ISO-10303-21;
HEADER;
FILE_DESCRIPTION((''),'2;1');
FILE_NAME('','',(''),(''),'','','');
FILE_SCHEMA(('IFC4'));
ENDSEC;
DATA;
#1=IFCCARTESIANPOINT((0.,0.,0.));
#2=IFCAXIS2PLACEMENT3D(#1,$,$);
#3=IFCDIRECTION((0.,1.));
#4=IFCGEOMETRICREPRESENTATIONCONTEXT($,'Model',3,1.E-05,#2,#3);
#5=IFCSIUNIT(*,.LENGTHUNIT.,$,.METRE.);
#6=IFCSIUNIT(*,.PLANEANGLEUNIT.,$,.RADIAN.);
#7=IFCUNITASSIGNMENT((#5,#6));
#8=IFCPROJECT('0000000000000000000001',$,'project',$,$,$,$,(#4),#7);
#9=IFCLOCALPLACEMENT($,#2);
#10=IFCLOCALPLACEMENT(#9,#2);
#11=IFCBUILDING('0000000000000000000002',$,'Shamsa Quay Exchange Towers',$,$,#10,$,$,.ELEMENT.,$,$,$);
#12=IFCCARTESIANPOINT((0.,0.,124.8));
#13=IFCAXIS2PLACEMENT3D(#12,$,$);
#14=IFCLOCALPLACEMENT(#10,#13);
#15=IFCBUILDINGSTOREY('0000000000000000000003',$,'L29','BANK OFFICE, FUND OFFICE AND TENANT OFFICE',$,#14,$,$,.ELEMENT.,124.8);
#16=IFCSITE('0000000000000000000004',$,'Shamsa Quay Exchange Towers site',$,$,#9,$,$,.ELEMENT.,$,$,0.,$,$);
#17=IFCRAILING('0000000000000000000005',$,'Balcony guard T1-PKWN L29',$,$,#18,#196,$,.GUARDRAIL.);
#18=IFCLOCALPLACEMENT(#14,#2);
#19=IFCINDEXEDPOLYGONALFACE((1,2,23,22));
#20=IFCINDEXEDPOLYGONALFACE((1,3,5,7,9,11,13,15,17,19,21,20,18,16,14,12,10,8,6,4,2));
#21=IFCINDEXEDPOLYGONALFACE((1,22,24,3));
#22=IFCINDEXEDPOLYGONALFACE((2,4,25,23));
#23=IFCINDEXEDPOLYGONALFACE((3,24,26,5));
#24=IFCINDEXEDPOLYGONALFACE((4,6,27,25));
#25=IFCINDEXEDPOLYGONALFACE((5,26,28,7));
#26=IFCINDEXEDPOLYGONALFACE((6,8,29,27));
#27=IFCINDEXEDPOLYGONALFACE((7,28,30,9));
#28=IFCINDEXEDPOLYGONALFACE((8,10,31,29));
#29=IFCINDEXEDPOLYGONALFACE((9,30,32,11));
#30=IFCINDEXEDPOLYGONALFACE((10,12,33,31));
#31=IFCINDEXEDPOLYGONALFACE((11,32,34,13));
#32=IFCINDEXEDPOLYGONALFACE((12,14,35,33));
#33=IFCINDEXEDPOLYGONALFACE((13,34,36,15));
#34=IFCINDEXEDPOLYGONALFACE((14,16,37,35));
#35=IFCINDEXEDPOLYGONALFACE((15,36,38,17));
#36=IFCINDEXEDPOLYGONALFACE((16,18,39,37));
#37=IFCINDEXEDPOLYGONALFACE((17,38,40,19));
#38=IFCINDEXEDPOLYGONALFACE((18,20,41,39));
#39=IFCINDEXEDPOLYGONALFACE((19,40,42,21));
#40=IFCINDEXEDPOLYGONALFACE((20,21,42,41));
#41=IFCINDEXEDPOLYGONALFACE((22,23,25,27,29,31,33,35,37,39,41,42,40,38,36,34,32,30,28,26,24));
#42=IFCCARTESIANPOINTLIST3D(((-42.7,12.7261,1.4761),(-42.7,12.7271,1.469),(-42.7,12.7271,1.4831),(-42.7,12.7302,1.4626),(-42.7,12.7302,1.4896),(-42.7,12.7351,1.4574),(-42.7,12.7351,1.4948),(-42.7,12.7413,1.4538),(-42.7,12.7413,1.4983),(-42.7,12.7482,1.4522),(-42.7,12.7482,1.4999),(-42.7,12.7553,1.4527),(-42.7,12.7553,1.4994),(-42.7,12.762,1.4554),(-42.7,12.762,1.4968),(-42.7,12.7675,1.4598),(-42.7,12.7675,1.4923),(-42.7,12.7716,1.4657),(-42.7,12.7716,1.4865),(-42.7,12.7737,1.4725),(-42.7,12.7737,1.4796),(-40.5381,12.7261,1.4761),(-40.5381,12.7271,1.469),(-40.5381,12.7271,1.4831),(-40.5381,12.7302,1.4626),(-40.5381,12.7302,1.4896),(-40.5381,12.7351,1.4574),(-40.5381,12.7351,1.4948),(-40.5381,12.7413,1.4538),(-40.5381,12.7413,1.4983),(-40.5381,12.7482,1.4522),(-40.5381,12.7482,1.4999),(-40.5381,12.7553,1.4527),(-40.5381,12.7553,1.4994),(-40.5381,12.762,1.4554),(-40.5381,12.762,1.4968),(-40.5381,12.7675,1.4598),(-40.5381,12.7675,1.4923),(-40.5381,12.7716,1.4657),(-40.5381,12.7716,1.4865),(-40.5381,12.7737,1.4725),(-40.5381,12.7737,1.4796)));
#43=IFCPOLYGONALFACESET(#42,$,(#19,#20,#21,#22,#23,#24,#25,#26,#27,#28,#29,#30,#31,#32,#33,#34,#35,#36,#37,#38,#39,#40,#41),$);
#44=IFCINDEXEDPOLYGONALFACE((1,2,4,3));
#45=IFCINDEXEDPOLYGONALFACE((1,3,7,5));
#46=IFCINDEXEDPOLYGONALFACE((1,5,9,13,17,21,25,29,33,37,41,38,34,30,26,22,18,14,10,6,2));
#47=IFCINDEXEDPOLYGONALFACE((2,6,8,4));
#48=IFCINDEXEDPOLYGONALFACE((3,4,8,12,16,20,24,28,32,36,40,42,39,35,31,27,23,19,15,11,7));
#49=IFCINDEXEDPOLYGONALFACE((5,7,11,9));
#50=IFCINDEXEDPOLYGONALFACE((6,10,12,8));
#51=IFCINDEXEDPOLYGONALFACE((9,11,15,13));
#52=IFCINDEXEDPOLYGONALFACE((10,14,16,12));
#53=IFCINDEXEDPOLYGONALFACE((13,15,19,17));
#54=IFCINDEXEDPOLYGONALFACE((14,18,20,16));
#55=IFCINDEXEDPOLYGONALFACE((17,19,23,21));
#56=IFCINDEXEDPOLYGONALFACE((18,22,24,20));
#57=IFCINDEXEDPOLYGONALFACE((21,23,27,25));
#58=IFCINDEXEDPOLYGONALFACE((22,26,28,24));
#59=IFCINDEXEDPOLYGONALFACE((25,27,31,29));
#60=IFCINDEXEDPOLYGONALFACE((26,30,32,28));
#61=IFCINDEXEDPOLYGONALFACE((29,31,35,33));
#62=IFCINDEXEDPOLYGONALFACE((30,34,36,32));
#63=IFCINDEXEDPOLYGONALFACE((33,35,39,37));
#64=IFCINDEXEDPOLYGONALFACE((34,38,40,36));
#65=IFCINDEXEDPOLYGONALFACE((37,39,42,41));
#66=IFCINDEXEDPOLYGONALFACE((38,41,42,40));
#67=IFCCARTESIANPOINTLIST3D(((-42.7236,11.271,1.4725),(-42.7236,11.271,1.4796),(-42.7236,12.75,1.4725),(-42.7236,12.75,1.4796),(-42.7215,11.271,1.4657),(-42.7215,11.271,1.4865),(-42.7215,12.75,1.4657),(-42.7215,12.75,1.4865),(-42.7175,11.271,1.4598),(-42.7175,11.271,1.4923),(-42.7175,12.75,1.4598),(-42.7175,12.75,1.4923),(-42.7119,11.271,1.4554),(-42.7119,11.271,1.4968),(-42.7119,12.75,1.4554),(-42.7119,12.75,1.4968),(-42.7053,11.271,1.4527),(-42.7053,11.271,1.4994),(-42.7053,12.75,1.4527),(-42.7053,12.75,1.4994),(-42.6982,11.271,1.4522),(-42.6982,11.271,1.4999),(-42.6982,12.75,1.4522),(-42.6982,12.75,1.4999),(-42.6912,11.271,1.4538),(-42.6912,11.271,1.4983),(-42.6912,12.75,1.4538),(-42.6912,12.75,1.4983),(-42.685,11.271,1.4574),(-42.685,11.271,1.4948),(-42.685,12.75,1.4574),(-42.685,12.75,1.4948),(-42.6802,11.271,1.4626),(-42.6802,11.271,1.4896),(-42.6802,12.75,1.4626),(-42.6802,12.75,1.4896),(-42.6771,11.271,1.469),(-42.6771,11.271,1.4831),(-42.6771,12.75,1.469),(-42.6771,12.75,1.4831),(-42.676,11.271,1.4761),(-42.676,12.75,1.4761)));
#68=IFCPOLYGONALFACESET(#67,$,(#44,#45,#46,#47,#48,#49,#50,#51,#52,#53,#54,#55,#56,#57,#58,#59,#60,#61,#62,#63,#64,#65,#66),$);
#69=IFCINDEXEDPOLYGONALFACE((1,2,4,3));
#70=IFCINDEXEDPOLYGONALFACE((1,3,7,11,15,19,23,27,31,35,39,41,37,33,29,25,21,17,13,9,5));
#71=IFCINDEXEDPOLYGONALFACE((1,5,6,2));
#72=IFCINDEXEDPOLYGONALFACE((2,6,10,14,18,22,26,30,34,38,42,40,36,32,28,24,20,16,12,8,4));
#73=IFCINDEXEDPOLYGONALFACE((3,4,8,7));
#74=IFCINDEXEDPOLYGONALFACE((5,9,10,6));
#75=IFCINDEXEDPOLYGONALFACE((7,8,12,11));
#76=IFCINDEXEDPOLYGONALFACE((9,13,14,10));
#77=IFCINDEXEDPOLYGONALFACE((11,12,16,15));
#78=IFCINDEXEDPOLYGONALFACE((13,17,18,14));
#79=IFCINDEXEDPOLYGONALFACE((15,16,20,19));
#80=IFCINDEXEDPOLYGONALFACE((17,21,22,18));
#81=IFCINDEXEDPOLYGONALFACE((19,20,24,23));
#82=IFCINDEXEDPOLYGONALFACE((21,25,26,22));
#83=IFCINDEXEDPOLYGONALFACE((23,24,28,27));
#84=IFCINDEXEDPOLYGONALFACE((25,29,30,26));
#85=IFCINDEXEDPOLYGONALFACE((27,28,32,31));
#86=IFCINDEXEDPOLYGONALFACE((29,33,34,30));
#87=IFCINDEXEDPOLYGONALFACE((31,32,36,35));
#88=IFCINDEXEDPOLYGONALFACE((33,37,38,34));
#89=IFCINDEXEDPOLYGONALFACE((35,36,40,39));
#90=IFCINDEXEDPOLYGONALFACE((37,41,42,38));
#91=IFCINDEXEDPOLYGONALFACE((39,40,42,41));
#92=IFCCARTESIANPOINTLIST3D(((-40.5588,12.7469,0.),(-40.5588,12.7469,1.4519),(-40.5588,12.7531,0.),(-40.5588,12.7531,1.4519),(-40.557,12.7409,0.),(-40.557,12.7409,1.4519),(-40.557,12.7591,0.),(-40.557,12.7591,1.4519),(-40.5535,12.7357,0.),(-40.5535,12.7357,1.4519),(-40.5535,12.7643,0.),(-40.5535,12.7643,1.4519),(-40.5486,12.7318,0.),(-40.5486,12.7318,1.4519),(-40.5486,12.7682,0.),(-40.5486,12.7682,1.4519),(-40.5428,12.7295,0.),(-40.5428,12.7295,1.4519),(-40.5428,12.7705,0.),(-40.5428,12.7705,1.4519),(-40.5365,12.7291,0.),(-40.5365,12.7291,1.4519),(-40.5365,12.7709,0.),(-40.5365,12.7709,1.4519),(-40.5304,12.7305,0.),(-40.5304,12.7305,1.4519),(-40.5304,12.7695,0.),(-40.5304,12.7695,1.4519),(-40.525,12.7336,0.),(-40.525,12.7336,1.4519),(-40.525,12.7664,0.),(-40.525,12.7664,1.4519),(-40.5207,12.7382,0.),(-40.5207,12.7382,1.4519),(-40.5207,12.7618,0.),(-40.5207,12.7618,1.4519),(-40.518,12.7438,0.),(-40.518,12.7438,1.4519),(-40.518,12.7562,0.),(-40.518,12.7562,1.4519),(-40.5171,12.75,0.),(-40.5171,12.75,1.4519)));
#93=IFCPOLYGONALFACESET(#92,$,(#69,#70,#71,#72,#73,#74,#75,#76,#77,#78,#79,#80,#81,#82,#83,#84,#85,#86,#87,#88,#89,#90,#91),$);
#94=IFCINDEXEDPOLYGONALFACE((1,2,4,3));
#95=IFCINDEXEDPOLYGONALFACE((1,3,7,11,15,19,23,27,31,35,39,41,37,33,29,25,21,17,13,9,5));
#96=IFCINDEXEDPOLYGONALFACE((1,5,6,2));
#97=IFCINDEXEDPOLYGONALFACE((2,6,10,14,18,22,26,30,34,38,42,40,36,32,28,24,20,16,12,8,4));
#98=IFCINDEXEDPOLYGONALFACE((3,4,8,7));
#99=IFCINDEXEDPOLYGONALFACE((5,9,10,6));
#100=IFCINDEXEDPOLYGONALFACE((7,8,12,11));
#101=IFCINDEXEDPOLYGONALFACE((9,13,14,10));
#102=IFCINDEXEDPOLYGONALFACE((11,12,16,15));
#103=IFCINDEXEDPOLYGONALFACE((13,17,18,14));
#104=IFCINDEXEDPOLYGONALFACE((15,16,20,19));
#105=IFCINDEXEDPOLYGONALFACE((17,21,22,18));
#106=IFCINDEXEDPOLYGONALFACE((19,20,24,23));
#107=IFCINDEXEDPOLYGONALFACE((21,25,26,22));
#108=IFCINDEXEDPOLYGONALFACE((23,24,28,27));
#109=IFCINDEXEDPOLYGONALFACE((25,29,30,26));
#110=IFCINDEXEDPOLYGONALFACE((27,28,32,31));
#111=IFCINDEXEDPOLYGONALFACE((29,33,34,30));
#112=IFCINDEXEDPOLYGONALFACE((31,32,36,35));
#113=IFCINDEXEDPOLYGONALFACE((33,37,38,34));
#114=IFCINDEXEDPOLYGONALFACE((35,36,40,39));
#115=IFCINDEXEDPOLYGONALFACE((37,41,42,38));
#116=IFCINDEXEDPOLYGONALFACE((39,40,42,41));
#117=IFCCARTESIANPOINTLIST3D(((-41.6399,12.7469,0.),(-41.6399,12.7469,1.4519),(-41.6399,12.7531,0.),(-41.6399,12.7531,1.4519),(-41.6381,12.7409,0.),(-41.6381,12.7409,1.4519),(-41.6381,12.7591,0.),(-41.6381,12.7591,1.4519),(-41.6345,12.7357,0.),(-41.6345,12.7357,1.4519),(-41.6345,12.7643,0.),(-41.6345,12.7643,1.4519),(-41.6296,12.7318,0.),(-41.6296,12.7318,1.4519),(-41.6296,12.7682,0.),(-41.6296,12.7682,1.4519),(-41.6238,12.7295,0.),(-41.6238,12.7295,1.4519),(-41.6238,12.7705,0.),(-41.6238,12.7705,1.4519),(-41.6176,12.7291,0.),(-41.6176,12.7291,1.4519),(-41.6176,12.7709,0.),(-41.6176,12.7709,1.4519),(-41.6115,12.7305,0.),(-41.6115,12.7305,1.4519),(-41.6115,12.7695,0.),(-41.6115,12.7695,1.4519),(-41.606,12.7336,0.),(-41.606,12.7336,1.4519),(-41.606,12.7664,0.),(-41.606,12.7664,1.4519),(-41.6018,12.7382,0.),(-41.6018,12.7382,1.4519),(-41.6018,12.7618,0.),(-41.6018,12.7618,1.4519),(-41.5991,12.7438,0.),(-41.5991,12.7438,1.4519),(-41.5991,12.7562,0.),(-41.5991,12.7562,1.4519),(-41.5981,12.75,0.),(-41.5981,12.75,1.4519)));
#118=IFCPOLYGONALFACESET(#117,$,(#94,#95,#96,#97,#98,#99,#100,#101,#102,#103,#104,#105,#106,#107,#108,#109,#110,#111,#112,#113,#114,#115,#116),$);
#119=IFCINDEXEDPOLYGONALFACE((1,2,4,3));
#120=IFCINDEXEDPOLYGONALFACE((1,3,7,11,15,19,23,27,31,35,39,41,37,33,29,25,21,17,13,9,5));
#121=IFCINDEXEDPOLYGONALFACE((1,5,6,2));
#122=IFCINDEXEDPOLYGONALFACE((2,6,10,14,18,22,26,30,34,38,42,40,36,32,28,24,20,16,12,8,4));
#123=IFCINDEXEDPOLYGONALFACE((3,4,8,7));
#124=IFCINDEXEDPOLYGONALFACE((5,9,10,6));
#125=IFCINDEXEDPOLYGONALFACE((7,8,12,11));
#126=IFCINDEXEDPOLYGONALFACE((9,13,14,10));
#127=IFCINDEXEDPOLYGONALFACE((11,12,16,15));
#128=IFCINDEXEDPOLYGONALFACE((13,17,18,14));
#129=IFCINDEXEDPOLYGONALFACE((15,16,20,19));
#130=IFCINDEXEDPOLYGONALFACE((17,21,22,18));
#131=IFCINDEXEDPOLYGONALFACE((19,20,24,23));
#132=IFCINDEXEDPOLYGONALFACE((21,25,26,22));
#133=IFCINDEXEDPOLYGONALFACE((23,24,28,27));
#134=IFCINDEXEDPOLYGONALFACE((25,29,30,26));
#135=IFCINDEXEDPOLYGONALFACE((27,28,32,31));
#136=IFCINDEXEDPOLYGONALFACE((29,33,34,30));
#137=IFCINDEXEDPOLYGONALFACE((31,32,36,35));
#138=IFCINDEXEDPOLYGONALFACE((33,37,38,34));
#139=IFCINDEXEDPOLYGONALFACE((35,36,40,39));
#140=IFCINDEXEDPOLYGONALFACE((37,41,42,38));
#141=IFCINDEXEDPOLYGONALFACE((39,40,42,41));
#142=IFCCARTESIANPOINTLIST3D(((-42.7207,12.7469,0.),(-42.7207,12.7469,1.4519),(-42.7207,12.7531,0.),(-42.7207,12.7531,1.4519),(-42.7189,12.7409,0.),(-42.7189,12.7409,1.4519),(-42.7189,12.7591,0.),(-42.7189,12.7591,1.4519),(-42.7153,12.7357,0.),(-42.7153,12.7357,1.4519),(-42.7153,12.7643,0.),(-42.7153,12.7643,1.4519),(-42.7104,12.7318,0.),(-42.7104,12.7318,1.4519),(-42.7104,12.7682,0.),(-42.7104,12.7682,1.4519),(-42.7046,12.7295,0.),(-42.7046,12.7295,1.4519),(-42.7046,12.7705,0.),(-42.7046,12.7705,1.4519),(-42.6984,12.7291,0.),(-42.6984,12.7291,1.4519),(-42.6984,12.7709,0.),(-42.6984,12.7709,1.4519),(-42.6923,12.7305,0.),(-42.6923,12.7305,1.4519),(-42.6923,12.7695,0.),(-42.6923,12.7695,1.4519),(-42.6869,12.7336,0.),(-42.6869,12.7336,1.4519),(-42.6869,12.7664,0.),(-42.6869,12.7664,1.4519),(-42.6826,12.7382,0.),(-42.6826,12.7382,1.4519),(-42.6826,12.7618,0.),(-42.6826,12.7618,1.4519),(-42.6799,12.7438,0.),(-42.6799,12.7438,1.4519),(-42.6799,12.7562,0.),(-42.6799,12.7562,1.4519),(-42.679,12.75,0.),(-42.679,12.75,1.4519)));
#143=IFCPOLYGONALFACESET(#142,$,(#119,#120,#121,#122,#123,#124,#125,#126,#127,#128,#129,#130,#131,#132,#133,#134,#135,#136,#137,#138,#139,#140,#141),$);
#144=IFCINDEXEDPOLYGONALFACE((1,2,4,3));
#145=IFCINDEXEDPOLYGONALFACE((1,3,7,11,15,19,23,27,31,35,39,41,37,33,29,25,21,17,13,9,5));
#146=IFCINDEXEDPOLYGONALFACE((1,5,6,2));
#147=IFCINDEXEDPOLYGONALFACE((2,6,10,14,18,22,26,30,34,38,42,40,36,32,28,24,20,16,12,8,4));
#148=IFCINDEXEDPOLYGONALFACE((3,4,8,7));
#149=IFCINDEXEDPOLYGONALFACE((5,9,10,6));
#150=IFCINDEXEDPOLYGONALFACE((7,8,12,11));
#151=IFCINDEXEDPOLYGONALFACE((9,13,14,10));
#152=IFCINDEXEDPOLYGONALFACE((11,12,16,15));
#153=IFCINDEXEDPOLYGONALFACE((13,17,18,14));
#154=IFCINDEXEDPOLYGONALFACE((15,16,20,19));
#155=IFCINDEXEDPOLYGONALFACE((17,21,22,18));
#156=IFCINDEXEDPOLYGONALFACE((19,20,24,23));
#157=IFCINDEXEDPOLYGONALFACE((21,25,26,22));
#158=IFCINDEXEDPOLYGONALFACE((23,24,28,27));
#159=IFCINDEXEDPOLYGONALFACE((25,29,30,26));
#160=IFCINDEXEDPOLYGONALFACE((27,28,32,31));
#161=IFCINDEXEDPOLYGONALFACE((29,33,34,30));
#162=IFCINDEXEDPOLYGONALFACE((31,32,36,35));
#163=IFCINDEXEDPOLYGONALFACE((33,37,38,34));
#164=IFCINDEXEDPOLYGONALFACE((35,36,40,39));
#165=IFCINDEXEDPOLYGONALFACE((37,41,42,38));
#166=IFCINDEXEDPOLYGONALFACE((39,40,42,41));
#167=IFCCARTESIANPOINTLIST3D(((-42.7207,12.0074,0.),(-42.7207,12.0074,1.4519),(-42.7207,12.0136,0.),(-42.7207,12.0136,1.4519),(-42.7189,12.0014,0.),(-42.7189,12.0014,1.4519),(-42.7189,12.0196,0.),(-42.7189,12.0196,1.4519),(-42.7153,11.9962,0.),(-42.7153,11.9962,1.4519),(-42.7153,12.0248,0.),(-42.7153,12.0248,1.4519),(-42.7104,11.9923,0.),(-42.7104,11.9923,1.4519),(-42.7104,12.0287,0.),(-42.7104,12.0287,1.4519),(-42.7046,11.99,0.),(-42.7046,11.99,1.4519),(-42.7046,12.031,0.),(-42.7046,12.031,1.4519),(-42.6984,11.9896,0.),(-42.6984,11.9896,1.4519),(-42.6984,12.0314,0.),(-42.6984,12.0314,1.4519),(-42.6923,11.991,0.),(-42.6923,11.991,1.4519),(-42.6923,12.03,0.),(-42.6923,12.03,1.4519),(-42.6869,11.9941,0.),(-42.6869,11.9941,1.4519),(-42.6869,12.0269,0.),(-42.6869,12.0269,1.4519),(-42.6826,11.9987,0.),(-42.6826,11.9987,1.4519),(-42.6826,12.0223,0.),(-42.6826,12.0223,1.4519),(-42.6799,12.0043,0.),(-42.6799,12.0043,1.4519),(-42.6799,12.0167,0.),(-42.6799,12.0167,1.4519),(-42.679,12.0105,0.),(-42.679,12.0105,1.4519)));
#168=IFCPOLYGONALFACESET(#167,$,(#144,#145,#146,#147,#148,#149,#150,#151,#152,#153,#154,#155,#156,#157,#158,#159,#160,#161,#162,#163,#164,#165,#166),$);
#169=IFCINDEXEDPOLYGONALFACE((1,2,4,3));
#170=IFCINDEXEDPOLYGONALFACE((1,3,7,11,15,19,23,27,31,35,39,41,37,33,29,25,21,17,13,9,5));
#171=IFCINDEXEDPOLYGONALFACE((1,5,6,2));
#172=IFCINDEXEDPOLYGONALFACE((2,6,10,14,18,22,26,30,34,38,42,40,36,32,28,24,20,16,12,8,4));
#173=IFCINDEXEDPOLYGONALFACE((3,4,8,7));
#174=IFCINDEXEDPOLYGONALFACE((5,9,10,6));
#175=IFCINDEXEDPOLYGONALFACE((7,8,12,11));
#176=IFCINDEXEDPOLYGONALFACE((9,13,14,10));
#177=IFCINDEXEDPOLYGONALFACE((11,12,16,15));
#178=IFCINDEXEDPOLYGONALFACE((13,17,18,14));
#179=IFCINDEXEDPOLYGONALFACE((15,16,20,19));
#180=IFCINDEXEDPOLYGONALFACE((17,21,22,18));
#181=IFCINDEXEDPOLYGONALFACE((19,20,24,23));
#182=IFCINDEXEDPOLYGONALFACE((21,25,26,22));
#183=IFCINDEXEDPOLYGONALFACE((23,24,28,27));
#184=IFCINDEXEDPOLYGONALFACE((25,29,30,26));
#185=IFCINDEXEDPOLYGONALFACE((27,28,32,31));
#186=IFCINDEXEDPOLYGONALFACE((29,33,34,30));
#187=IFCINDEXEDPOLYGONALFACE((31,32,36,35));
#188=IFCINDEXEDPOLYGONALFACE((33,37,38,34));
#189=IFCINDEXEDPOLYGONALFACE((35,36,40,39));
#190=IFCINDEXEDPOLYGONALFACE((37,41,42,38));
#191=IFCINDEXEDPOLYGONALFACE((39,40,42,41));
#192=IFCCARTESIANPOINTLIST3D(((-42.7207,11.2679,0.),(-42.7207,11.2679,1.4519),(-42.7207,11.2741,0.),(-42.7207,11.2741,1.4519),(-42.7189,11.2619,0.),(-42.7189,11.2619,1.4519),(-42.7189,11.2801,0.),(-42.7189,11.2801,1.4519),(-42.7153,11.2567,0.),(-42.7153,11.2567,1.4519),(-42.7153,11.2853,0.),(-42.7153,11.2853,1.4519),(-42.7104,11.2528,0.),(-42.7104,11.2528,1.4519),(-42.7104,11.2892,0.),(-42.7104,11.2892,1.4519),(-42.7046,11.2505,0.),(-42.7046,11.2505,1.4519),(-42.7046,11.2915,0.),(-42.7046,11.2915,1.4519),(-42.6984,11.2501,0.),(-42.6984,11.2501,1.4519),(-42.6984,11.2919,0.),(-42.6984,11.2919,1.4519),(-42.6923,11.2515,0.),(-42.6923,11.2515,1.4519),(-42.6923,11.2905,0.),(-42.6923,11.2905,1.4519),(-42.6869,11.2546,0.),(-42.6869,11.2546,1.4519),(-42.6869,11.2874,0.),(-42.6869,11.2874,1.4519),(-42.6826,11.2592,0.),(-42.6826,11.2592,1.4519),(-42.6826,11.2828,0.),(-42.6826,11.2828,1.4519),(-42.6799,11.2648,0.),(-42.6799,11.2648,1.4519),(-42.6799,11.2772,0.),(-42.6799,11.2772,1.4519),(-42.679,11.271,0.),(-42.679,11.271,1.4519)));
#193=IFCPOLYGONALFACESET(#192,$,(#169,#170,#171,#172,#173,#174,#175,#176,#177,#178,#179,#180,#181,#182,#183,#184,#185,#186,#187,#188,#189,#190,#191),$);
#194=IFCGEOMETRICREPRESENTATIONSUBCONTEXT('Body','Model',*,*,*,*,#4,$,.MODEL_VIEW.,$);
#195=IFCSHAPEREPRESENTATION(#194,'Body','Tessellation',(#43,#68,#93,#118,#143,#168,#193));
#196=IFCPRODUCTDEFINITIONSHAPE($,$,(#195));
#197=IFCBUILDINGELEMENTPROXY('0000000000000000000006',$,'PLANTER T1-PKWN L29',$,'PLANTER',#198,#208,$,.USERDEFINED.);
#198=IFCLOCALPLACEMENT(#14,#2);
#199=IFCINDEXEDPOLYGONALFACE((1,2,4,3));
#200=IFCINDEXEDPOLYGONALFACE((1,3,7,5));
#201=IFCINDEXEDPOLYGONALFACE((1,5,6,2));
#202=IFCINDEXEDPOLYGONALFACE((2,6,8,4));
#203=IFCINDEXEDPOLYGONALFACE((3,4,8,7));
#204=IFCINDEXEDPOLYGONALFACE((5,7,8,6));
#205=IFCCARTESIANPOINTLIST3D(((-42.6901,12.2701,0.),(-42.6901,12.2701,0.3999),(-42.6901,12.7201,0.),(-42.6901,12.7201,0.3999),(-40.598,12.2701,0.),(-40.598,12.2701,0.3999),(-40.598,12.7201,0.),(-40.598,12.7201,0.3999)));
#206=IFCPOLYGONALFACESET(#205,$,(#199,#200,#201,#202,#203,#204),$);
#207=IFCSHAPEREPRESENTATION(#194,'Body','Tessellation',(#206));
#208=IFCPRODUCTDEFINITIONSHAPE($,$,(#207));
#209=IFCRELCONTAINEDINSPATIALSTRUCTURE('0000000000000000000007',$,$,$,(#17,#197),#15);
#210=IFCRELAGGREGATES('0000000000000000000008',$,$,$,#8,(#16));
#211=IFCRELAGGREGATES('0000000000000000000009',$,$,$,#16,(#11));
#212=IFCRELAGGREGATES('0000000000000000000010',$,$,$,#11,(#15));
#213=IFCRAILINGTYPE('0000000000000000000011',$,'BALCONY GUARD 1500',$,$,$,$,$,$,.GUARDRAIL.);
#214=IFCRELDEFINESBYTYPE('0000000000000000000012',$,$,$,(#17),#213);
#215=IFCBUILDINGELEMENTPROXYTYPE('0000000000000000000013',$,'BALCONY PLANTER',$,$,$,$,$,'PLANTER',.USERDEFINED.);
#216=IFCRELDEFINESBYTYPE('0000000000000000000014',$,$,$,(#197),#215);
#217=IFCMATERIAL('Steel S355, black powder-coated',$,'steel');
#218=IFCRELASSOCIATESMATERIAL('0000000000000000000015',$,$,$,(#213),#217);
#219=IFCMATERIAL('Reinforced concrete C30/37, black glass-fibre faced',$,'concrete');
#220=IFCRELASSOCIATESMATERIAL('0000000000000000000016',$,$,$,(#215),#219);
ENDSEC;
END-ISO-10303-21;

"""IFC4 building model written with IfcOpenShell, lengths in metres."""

from ifc_helpers import new_model, si_unit, direction, frame, origin, origin_2d, place, context, subcontext, project, spatial, rectangle, circle, extrude, material, type_object, element, save


model = new_model("IFC4")

# Units and contexts
model_context = context("Model", 3, precision=1e-05, world=origin(), true_north=direction((0.0, 1.0)))
body_context = subcontext(model_context, "Body", "Model", "MODEL_VIEW")
ifc_project = project(units=[si_unit("LENGTHUNIT", "METRE"), si_unit("PLANEANGLEUNIT", "RADIAN")], contexts=[model_context])

# Site, building, storey
site_placement = place(None, origin())
site = spatial("IfcSite", under=ifc_project, at=site_placement, Name="Shamsa Quay Exchange Towers site", CompositionType="ELEMENT", RefElevation=0.0)
building_placement = place(site_placement, origin())
building = spatial("IfcBuilding", under=site, at=building_placement, Name="Shamsa Quay Exchange Towers", CompositionType="ELEMENT")
storey_placement = place(building_placement, frame((0.0, 0.0, 124.8)))
storey = spatial("IfcBuildingStorey", under=building, at=storey_placement, Name="L29", Description="BANK OFFICE, FUND OFFICE AND TENANT OFFICE", CompositionType="ELEMENT", Elevation=124.8)

# Railing
ifc_material_1 = material(Name="Steel S355, black powder-coated", Category="steel")
railing_type = type_object("IfcRailingType", Name="BALCONY GUARD 1500", PredefinedType="GUARDRAIL", material=ifc_material_1)
railing_placement = place(storey_placement, frame((-40.5381, 12.75, 0.0)))
element("IfcRailing", 1, at=railing_placement, inside=storey, type_object=railing_type, Name="Balcony guard T1-PKWN L29", PredefinedType="GUARDRAIL", context=body_context, shape_type="SweptSolid", body=[
    extrude(circle(Radius=0.0239, at=origin_2d()), frame((0.0, 0.0, 1.4761), z_axis=(-1.0, 0.0, 0.0), x_axis=(0.0, -1.0, 0.0)), (0.0, 0.0, 1.0), 2.1619),
    extrude(circle(Radius=0.0239, at=origin_2d()), frame((-2.1619, 0.0, 1.4761), z_axis=(0.0, -1.0, 0.0), x_axis=(1.0, 0.0, 0.0)), (0.0, 0.0, 1.0), 1.479),
    extrude(circle(Radius=0.021, at=origin_2d()), origin(), (0.0, 0.0, 1.0), 1.4519),
    extrude(circle(Radius=0.021, at=origin_2d()), frame((-1.0811, 0.0, 0.0)), (0.0, 0.0, 1.0), 1.4519),
    extrude(circle(Radius=0.021, at=origin_2d()), frame((-2.1619, 0.0, 0.0)), (0.0, 0.0, 1.0), 1.4519),
    extrude(circle(Radius=0.021, at=origin_2d()), frame((-2.1619, -0.7395, 0.0)), (0.0, 0.0, 1.0), 1.4519),
    extrude(circle(Radius=0.021, at=origin_2d()), frame((-2.1619, -1.479, 0.0)), (0.0, 0.0, 1.0), 1.4519),
])

# Building element proxy
ifc_material_2 = material(Name="Reinforced concrete C30/37, black glass-fibre faced", Category="concrete")
building_element_proxy_type = type_object("IfcBuildingElementProxyType", Name="BALCONY PLANTER", ElementType="PLANTER", PredefinedType="USERDEFINED", material=ifc_material_2)
proxy_placement = place(storey_placement, frame((-41.644, 12.4951, 0.0), z_axis=(0.0, 0.0, 1.0), x_axis=(-1.0, 0.0, 0.0)))
element("IfcBuildingElementProxy", 2, at=proxy_placement, inside=storey, type_object=building_element_proxy_type, Name="PLANTER T1-PKWN L29", ObjectType="PLANTER", PredefinedType="USERDEFINED", context=body_context, shape_type="SweptSolid", body=[
    extrude(rectangle(XDim=2.092, YDim=0.45, at=origin_2d()), origin(), (0.0, 0.0, 1.0), 0.3999),
])

save(model, "model.ifc")
